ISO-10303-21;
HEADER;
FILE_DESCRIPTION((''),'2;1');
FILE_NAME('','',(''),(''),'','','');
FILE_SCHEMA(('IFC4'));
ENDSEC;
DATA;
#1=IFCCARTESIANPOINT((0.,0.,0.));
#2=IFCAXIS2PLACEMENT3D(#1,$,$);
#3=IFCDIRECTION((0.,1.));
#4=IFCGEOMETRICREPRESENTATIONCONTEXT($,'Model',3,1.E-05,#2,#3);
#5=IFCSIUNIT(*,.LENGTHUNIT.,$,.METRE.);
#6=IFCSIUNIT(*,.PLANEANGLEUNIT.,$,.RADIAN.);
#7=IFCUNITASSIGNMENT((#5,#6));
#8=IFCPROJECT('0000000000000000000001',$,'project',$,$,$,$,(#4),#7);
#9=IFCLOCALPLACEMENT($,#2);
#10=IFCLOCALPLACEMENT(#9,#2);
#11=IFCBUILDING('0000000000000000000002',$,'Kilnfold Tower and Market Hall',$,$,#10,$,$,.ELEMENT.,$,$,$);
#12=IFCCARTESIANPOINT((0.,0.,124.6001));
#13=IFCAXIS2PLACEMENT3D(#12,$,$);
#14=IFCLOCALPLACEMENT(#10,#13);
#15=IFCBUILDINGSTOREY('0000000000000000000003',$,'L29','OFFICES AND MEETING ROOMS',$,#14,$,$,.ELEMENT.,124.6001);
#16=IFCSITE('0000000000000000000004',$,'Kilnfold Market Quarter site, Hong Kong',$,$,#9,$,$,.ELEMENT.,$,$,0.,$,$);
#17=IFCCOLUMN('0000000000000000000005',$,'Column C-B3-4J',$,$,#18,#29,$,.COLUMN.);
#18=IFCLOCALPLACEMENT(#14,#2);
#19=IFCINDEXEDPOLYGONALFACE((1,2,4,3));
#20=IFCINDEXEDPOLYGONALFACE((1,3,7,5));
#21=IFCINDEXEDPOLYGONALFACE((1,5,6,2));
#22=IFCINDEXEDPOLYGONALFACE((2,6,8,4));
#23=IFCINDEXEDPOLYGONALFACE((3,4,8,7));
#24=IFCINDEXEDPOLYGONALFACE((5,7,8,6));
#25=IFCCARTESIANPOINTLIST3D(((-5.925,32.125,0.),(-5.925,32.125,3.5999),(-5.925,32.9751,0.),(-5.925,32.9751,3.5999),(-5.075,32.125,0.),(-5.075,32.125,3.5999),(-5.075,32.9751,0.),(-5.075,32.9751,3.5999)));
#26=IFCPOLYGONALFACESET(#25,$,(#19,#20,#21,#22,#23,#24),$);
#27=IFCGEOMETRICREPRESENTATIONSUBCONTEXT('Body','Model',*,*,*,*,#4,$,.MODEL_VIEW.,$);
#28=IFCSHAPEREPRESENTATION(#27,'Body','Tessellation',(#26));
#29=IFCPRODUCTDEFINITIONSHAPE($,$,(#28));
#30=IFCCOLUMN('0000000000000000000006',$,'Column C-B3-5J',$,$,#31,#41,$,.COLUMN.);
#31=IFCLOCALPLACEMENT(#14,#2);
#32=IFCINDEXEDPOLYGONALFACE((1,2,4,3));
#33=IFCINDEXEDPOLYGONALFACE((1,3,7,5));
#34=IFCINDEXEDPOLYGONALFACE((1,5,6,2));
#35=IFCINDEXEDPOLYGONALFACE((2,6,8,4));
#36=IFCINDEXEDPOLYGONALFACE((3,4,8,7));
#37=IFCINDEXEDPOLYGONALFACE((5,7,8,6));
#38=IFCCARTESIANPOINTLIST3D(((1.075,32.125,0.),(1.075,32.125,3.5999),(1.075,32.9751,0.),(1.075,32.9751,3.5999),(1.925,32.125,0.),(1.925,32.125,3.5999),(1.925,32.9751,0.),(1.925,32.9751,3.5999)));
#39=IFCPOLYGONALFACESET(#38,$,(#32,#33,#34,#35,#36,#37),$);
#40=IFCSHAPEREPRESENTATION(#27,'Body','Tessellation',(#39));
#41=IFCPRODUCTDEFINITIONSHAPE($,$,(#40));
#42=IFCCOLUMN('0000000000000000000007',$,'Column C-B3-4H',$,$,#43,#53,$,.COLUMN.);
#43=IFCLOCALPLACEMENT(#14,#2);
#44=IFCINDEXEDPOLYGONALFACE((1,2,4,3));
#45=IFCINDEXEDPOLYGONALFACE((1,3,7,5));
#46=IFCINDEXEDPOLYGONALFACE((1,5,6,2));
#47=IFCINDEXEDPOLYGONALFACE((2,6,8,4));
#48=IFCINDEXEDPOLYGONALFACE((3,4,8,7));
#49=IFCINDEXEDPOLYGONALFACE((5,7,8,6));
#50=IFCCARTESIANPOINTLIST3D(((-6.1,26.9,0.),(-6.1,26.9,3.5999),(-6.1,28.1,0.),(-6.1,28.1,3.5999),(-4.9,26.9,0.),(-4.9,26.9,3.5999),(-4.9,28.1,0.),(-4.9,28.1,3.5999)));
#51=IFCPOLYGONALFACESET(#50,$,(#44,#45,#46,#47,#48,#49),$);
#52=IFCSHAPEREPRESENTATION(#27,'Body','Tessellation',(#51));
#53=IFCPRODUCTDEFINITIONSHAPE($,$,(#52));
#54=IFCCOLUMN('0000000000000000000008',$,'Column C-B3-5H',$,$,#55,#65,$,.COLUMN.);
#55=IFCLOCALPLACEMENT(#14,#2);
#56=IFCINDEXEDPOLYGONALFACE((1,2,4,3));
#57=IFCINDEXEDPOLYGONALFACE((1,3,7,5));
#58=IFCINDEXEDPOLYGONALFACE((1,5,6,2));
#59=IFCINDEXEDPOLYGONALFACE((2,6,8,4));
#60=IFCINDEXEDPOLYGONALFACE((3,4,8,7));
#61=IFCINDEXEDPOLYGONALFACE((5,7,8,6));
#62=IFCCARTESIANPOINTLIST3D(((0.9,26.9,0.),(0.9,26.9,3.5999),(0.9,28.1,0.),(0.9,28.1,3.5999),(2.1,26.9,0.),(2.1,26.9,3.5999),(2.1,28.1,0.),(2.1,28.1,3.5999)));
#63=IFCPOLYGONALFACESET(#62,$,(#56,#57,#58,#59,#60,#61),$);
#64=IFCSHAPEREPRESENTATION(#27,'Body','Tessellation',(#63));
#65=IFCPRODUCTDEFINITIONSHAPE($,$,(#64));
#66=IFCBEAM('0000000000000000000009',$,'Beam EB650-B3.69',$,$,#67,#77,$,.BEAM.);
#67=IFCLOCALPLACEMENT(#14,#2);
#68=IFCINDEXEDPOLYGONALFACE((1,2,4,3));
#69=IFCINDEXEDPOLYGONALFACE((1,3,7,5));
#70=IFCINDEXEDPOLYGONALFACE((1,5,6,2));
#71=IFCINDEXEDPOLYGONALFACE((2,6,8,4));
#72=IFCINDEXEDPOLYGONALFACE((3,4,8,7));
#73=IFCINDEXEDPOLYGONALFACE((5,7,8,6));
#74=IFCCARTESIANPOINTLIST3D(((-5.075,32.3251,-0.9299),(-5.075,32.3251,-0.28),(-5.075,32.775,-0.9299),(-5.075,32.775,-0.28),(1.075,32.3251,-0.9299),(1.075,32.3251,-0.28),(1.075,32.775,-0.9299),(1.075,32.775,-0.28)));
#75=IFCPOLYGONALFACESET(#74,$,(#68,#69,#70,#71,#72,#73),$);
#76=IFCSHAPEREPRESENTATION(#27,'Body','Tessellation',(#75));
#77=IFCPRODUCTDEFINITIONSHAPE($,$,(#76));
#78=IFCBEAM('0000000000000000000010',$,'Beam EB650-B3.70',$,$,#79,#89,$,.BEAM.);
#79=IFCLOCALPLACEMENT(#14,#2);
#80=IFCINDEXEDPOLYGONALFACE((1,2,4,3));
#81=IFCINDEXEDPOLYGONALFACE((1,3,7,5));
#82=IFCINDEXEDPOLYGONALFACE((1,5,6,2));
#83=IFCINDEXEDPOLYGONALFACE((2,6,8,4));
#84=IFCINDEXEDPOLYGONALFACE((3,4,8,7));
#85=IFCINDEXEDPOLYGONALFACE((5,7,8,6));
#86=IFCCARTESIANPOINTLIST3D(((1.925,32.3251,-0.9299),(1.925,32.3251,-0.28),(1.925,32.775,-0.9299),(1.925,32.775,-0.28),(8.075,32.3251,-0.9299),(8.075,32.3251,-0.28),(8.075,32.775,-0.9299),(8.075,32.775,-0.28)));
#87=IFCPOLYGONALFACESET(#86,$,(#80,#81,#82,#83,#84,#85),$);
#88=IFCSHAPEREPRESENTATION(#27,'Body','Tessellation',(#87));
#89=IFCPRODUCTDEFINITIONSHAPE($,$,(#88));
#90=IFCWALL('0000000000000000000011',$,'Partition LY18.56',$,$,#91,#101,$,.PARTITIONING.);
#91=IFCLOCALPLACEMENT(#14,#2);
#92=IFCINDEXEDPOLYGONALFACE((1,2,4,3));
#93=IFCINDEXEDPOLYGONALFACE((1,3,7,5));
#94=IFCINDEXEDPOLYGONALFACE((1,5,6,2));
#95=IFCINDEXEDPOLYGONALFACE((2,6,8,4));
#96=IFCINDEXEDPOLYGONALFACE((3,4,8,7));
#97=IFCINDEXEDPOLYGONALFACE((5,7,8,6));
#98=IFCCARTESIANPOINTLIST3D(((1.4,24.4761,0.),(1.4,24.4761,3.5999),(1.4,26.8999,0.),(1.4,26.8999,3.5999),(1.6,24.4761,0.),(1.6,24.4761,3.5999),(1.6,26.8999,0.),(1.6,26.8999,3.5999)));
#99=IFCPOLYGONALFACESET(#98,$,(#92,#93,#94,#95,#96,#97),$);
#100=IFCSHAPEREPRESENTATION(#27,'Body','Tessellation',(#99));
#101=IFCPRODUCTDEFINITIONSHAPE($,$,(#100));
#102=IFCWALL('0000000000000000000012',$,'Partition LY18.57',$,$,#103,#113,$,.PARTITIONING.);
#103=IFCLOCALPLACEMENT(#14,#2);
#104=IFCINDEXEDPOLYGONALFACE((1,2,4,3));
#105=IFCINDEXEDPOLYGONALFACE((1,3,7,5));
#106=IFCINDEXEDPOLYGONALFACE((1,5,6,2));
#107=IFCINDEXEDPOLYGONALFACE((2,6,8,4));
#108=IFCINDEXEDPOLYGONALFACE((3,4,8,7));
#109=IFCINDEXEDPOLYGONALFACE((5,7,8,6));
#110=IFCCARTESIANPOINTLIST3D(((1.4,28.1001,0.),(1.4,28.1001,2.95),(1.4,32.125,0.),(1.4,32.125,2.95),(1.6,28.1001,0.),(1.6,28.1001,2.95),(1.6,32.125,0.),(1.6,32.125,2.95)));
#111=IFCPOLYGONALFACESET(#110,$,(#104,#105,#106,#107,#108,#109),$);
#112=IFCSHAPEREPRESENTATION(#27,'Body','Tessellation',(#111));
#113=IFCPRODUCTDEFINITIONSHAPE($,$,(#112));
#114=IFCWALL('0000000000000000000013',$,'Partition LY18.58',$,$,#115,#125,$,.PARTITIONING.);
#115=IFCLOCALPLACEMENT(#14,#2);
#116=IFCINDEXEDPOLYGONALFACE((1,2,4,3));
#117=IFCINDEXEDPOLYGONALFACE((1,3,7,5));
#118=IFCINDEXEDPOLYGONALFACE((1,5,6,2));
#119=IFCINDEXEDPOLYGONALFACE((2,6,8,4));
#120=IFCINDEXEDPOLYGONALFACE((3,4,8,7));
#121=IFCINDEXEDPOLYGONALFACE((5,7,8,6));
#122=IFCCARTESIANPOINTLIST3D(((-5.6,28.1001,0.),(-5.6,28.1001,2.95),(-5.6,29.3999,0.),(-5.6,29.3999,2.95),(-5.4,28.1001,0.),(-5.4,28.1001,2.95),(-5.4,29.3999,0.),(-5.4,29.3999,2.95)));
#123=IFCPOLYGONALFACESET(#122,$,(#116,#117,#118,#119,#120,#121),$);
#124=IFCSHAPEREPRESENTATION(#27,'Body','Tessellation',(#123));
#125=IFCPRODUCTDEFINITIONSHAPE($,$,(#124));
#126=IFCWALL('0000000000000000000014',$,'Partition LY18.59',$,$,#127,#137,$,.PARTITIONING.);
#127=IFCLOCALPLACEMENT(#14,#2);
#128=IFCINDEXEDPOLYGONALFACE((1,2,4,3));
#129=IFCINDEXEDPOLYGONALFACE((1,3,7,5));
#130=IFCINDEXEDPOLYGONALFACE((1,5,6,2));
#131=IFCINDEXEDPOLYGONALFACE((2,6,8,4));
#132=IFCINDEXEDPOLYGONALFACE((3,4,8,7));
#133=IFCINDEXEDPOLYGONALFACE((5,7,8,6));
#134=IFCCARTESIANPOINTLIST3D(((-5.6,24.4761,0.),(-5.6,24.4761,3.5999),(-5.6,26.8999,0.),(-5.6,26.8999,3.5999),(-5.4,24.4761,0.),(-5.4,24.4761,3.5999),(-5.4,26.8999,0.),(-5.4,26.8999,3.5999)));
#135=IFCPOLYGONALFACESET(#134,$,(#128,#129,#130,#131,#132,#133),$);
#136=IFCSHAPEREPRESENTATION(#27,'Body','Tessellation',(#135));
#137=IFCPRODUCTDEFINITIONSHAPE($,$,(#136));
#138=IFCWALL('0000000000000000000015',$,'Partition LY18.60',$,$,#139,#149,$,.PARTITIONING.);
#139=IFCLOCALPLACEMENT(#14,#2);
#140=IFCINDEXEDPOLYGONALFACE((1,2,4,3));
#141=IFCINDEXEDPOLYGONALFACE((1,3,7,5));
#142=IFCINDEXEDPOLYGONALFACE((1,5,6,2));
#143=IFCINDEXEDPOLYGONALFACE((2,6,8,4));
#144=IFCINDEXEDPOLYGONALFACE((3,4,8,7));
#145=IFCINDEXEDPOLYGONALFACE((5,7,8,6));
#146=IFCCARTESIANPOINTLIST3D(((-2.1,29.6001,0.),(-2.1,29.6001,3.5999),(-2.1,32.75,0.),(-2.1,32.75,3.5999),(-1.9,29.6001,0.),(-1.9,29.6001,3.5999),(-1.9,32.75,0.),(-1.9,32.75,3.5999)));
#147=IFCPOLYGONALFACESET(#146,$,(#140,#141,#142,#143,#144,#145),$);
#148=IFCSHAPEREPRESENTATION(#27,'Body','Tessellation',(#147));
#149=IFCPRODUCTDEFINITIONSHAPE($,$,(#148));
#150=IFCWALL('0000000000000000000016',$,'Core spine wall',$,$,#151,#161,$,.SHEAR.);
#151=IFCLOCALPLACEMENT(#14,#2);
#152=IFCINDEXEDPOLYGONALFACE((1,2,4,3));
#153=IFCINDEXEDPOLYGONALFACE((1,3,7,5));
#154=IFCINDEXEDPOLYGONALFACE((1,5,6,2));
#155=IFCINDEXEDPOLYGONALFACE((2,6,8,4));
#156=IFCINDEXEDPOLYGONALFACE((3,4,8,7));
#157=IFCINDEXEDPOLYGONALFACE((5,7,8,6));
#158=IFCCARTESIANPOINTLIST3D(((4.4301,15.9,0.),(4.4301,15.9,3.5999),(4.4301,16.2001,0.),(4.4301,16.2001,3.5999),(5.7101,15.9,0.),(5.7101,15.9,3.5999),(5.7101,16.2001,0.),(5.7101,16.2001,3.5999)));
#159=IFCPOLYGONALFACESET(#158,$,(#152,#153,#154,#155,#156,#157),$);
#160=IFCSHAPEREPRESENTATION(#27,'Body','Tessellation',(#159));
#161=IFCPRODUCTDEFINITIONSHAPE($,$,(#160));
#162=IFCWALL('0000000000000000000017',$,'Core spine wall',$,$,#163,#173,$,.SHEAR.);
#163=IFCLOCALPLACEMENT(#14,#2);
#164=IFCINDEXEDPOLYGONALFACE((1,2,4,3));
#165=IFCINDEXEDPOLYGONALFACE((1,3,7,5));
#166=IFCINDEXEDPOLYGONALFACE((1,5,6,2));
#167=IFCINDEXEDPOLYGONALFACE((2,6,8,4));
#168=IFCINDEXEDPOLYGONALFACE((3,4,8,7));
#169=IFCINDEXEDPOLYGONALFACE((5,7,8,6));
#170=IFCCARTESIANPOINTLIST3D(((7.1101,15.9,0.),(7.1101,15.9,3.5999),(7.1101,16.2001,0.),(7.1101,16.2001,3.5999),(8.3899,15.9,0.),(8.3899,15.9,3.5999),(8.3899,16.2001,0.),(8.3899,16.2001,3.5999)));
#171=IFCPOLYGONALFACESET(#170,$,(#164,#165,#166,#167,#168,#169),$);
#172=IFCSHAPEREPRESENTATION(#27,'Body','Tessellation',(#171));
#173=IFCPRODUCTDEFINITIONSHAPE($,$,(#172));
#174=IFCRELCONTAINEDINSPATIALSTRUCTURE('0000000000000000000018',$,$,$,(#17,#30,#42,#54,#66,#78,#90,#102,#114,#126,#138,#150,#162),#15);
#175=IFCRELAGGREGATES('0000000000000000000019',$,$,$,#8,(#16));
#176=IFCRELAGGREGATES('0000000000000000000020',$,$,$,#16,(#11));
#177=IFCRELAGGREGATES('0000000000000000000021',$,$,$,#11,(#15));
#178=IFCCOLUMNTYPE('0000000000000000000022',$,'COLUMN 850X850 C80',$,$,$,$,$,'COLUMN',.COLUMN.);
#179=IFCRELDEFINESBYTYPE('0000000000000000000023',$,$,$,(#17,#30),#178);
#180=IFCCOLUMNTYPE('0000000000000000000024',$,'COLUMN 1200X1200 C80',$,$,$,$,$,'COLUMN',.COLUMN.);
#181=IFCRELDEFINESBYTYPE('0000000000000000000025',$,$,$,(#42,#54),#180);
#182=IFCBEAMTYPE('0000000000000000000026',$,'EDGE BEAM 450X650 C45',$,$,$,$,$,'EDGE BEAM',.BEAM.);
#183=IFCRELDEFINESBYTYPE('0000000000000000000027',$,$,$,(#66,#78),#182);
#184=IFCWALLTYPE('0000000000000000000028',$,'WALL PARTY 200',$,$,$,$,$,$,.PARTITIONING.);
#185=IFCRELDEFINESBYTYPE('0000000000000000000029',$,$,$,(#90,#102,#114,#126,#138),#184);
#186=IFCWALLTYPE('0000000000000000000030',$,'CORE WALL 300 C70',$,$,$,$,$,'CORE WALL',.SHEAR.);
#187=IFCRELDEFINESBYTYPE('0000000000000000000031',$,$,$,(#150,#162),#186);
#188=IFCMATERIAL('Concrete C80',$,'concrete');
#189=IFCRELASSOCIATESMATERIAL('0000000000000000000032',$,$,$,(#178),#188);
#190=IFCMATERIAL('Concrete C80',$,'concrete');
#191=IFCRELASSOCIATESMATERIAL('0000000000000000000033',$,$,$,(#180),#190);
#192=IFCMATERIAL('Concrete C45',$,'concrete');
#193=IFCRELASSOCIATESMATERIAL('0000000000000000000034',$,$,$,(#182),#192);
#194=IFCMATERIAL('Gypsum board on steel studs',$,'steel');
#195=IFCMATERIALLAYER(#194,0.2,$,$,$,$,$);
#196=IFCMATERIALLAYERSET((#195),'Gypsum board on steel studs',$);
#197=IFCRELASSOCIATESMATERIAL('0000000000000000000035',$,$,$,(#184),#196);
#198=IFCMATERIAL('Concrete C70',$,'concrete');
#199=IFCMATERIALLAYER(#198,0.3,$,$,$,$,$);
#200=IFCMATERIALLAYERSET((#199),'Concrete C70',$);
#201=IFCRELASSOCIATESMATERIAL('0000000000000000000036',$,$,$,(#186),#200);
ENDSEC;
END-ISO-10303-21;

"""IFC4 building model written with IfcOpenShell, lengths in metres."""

from ifc_helpers import new_model, si_unit, direction, frame, frame_2d, origin, origin_2d, place, context, subcontext, project, spatial, rectangle, extrude, source, transform, mapped, material, layer, layer_set, material_profile, profile_set, type_object, element, save


model = new_model("IFC4")

# Units and contexts
model_context = context("Model", 3, precision=1e-05, world=origin(), true_north=direction((0.0, 1.0)))
body_context = subcontext(model_context, "Body", "Model", "MODEL_VIEW")
ifc_project = project(units=[si_unit("LENGTHUNIT", "METRE"), si_unit("PLANEANGLEUNIT", "RADIAN")], contexts=[model_context])

# Site, building, storey
site_placement = place(None, origin())
site = spatial("IfcSite", under=ifc_project, at=site_placement, Name="Kilnfold Market Quarter site, Hong Kong", CompositionType="ELEMENT", RefElevation=0.0)
building_placement = place(site_placement, origin())
building = spatial("IfcBuilding", under=site, at=building_placement, Name="Kilnfold Tower and Market Hall", CompositionType="ELEMENT")
storey_placement = place(building_placement, frame((0.0, 0.0, 124.6001)))
storey = spatial("IfcBuildingStorey", under=building, at=storey_placement, Name="L29", Description="OFFICES AND MEETING ROOMS", CompositionType="ELEMENT", Elevation=124.6001)

# Columns
ifc_material_1 = material(Name="Concrete C80", Category="concrete")
ifc_material_profile_1 = material_profile(ifc_material_1, rectangle(XDim=0.8501, YDim=0.8501, at=origin_2d()), Name="RC 850x850")
ifc_profile_set_1 = profile_set([ifc_material_profile_1], Name="Concrete C80")
column_type_1 = type_object("IfcColumnType", Name="COLUMN 850X850 C80", ElementType="COLUMN", PredefinedType="COLUMN", material=ifc_profile_set_1)
shared_shape_1 = source(origin(), body_context, "Body", "SweptSolid", [
    extrude(rectangle(XDim=0.8501, YDim=0.8501, at=origin_2d()), origin(), (0.0, 0.0, 1.0), 3.5999),
])
for number, where, z_axis, x_axis, name in (
    (1, (-5.5, 32.55, 0.0), (0.0, 0.0, 1.0), (1.0, 0.0, 0.0), "Column C-B3-4J"),
    (2, (1.5, 32.55, 0.0), (0.0, 0.0, 1.0), (1.0, 0.0, 0.0), "Column C-B3-5J"),
):
    element("IfcColumn", number, at=place(storey_placement, frame(where, z_axis=z_axis, x_axis=x_axis)), inside=storey, type_object=column_type_1, Name=name, PredefinedType="COLUMN", context=body_context, shape_type="MappedRepresentation", body=[
        mapped(shared_shape_1, transform((0.0, 0.0, 0.0))),
    ])
ifc_material_2 = material(Name="Concrete C80", Category="concrete")
ifc_material_profile_2 = material_profile(ifc_material_2, rectangle(XDim=1.2, YDim=1.2, at=origin_2d()), Name="RC 1200x1200")
ifc_profile_set_2 = profile_set([ifc_material_profile_2], Name="Concrete C80")
column_type_2 = type_object("IfcColumnType", Name="COLUMN 1200X1200 C80", ElementType="COLUMN", PredefinedType="COLUMN", material=ifc_profile_set_2)
shared_shape_2 = source(origin(), body_context, "Body", "SweptSolid", [
    extrude(rectangle(XDim=1.2, YDim=1.2, at=origin_2d()), origin(), (0.0, 0.0, 1.0), 3.5999),
])
for number, where, z_axis, x_axis, name in (
    (3, (-5.5, 27.5, 0.0), (0.0, 0.0, 1.0), (1.0, 0.0, 0.0), "Column C-B3-4H"),
    (4, (1.5, 27.5, 0.0), (0.0, 0.0, 1.0), (1.0, 0.0, 0.0), "Column C-B3-5H"),
):
    element("IfcColumn", number, at=place(storey_placement, frame(where, z_axis=z_axis, x_axis=x_axis)), inside=storey, type_object=column_type_2, Name=name, PredefinedType="COLUMN", context=body_context, shape_type="MappedRepresentation", body=[
        mapped(shared_shape_2, transform((0.0, 0.0, 0.0))),
    ])

# Beams
ifc_material_3 = material(Name="Concrete C45", Category="concrete")
ifc_material_profile_3 = material_profile(ifc_material_3, rectangle(XDim=0.45, YDim=0.6499, at=origin_2d()), Name="RC 450x650")
ifc_profile_set_3 = profile_set([ifc_material_profile_3], Name="Concrete C45")
beam_type = type_object("IfcBeamType", Name="EDGE BEAM 450X650 C45", ElementType="EDGE BEAM", PredefinedType="BEAM", material=ifc_profile_set_3)
shared_shape_3 = source(origin(), body_context, "Body", "SweptSolid", [
    extrude(rectangle(XDim=0.45, YDim=0.6499, at=origin_2d()), origin(), (0.0, 0.0, 1.0), 6.1499),
])
for number, where, z_axis, x_axis, name in (
    (5, (-5.075, 32.55, -0.605), (1.0, 0.0, 0.0), (0.0, 1.0, 0.0), "Beam EB650-B3.69"),
    (6, (1.925, 32.55, -0.605), (1.0, 0.0, 0.0), (0.0, 1.0, 0.0), "Beam EB650-B3.70"),
):
    element("IfcBeam", number, at=place(storey_placement, frame(where, z_axis=z_axis, x_axis=x_axis)), inside=storey, type_object=beam_type, Name=name, PredefinedType="BEAM", context=body_context, shape_type="MappedRepresentation", body=[
        mapped(shared_shape_3, transform((0.0, 0.0, 0.0))),
    ])

# Walls
ifc_material_4 = material(Name="Gypsum board on steel studs", Category="steel")
ifc_layer_1 = layer(ifc_material_4, 0.2)
ifc_layer_set_1 = layer_set([ifc_layer_1], Name="Gypsum board on steel studs")
wall_type_1 = type_object("IfcWallType", Name="WALL PARTY 200", PredefinedType="PARTITIONING", material=ifc_layer_set_1)
wall_1_placement = place(storey_placement, frame((1.5, 24.4761, 0.0), z_axis=(0.0, 0.0, 1.0), x_axis=(0.0, 1.0, 0.0)))
element("IfcWall", 7, at=wall_1_placement, inside=storey, type_object=wall_type_1, Name="Partition LY18.56", PredefinedType="PARTITIONING", context=body_context, shape_type="SweptSolid", body=[
    extrude(rectangle(XDim=2.4238, YDim=0.2, at=frame_2d((1.2119, 0.0))), origin(), (0.0, 0.0, 1.0), 3.5999),
])
wall_2_placement = place(storey_placement, frame((1.5, 28.1001, 0.0), z_axis=(0.0, 0.0, 1.0), x_axis=(0.0, 1.0, 0.0)))
element("IfcWall", 8, at=wall_2_placement, inside=storey, type_object=wall_type_1, Name="Partition LY18.57", PredefinedType="PARTITIONING", context=body_context, shape_type="SweptSolid", body=[
    extrude(rectangle(XDim=4.0249, YDim=0.2, at=frame_2d((2.0125, 0.0))), origin(), (0.0, 0.0, 1.0), 2.95),
])
wall_3_placement = place(storey_placement, frame((-5.5, 28.1001, 0.0), z_axis=(0.0, 0.0, 1.0), x_axis=(0.0, 1.0, 0.0)))
element("IfcWall", 9, at=wall_3_placement, inside=storey, type_object=wall_type_1, Name="Partition LY18.58", PredefinedType="PARTITIONING", context=body_context, shape_type="SweptSolid", body=[
    extrude(rectangle(XDim=1.2998, YDim=0.2, at=frame_2d((0.6499, 0.0))), origin(), (0.0, 0.0, 1.0), 2.95),
])
wall_4_placement = place(storey_placement, frame((-5.5, 24.4761, 0.0), z_axis=(0.0, 0.0, 1.0), x_axis=(0.0, 1.0, 0.0)))
element("IfcWall", 10, at=wall_4_placement, inside=storey, type_object=wall_type_1, Name="Partition LY18.59", PredefinedType="PARTITIONING", context=body_context, shape_type="SweptSolid", body=[
    extrude(rectangle(XDim=2.4238, YDim=0.2, at=frame_2d((1.2119, 0.0))), origin(), (0.0, 0.0, 1.0), 3.5999),
])
wall_5_placement = place(storey_placement, frame((-2.0, 29.6001, 0.0), z_axis=(0.0, 0.0, 1.0), x_axis=(0.0, 1.0, 0.0)))
element("IfcWall", 11, at=wall_5_placement, inside=storey, type_object=wall_type_1, Name="Partition LY18.60", PredefinedType="PARTITIONING", context=body_context, shape_type="SweptSolid", body=[
    extrude(rectangle(XDim=3.1499, YDim=0.2, at=frame_2d((1.575, 0.0))), origin(), (0.0, 0.0, 1.0), 3.5999),
])
ifc_material_5 = material(Name="Concrete C70", Category="concrete")
ifc_layer_2 = layer(ifc_material_5, 0.3)
ifc_layer_set_2 = layer_set([ifc_layer_2], Name="Concrete C70")
wall_type_2 = type_object("IfcWallType", Name="CORE WALL 300 C70", ElementType="CORE WALL", PredefinedType="SHEAR", material=ifc_layer_set_2)
shared_shape_4 = source(origin(), body_context, "Body", "SweptSolid", [
    extrude(rectangle(XDim=1.28, YDim=0.3, at=frame_2d((0.6401, 0.0))), origin(), (0.0, 0.0, 1.0), 3.5999),
])
wall_6_placement = place(storey_placement, frame((4.4299, 16.05, 0.0), z_axis=(0.0, 0.0, 1.0), x_axis=(1.0, 0.0, 0.0)))
element("IfcWall", 12, at=wall_6_placement, inside=storey, type_object=wall_type_2, Name="Core spine wall", PredefinedType="SHEAR", context=body_context, shape_type="MappedRepresentation", body=[
    mapped(shared_shape_4, transform((0.0, 0.0, 0.0))),
])
shared_shape_5 = source(origin(), body_context, "Body", "SweptSolid", [
    extrude(rectangle(XDim=1.2798, YDim=0.3, at=frame_2d((0.6399, 0.0))), origin(), (0.0, 0.0, 1.0), 3.5999),
])
wall_7_placement = place(storey_placement, frame((7.1101, 16.05, 0.0), z_axis=(0.0, 0.0, 1.0), x_axis=(1.0, 0.0, 0.0)))
element("IfcWall", 13, at=wall_7_placement, inside=storey, type_object=wall_type_2, Name="Core spine wall", PredefinedType="SHEAR", context=body_context, shape_type="MappedRepresentation", body=[
    mapped(shared_shape_5, transform((0.0, 0.0, 0.0))),
])

save(model, "model.ifc")
